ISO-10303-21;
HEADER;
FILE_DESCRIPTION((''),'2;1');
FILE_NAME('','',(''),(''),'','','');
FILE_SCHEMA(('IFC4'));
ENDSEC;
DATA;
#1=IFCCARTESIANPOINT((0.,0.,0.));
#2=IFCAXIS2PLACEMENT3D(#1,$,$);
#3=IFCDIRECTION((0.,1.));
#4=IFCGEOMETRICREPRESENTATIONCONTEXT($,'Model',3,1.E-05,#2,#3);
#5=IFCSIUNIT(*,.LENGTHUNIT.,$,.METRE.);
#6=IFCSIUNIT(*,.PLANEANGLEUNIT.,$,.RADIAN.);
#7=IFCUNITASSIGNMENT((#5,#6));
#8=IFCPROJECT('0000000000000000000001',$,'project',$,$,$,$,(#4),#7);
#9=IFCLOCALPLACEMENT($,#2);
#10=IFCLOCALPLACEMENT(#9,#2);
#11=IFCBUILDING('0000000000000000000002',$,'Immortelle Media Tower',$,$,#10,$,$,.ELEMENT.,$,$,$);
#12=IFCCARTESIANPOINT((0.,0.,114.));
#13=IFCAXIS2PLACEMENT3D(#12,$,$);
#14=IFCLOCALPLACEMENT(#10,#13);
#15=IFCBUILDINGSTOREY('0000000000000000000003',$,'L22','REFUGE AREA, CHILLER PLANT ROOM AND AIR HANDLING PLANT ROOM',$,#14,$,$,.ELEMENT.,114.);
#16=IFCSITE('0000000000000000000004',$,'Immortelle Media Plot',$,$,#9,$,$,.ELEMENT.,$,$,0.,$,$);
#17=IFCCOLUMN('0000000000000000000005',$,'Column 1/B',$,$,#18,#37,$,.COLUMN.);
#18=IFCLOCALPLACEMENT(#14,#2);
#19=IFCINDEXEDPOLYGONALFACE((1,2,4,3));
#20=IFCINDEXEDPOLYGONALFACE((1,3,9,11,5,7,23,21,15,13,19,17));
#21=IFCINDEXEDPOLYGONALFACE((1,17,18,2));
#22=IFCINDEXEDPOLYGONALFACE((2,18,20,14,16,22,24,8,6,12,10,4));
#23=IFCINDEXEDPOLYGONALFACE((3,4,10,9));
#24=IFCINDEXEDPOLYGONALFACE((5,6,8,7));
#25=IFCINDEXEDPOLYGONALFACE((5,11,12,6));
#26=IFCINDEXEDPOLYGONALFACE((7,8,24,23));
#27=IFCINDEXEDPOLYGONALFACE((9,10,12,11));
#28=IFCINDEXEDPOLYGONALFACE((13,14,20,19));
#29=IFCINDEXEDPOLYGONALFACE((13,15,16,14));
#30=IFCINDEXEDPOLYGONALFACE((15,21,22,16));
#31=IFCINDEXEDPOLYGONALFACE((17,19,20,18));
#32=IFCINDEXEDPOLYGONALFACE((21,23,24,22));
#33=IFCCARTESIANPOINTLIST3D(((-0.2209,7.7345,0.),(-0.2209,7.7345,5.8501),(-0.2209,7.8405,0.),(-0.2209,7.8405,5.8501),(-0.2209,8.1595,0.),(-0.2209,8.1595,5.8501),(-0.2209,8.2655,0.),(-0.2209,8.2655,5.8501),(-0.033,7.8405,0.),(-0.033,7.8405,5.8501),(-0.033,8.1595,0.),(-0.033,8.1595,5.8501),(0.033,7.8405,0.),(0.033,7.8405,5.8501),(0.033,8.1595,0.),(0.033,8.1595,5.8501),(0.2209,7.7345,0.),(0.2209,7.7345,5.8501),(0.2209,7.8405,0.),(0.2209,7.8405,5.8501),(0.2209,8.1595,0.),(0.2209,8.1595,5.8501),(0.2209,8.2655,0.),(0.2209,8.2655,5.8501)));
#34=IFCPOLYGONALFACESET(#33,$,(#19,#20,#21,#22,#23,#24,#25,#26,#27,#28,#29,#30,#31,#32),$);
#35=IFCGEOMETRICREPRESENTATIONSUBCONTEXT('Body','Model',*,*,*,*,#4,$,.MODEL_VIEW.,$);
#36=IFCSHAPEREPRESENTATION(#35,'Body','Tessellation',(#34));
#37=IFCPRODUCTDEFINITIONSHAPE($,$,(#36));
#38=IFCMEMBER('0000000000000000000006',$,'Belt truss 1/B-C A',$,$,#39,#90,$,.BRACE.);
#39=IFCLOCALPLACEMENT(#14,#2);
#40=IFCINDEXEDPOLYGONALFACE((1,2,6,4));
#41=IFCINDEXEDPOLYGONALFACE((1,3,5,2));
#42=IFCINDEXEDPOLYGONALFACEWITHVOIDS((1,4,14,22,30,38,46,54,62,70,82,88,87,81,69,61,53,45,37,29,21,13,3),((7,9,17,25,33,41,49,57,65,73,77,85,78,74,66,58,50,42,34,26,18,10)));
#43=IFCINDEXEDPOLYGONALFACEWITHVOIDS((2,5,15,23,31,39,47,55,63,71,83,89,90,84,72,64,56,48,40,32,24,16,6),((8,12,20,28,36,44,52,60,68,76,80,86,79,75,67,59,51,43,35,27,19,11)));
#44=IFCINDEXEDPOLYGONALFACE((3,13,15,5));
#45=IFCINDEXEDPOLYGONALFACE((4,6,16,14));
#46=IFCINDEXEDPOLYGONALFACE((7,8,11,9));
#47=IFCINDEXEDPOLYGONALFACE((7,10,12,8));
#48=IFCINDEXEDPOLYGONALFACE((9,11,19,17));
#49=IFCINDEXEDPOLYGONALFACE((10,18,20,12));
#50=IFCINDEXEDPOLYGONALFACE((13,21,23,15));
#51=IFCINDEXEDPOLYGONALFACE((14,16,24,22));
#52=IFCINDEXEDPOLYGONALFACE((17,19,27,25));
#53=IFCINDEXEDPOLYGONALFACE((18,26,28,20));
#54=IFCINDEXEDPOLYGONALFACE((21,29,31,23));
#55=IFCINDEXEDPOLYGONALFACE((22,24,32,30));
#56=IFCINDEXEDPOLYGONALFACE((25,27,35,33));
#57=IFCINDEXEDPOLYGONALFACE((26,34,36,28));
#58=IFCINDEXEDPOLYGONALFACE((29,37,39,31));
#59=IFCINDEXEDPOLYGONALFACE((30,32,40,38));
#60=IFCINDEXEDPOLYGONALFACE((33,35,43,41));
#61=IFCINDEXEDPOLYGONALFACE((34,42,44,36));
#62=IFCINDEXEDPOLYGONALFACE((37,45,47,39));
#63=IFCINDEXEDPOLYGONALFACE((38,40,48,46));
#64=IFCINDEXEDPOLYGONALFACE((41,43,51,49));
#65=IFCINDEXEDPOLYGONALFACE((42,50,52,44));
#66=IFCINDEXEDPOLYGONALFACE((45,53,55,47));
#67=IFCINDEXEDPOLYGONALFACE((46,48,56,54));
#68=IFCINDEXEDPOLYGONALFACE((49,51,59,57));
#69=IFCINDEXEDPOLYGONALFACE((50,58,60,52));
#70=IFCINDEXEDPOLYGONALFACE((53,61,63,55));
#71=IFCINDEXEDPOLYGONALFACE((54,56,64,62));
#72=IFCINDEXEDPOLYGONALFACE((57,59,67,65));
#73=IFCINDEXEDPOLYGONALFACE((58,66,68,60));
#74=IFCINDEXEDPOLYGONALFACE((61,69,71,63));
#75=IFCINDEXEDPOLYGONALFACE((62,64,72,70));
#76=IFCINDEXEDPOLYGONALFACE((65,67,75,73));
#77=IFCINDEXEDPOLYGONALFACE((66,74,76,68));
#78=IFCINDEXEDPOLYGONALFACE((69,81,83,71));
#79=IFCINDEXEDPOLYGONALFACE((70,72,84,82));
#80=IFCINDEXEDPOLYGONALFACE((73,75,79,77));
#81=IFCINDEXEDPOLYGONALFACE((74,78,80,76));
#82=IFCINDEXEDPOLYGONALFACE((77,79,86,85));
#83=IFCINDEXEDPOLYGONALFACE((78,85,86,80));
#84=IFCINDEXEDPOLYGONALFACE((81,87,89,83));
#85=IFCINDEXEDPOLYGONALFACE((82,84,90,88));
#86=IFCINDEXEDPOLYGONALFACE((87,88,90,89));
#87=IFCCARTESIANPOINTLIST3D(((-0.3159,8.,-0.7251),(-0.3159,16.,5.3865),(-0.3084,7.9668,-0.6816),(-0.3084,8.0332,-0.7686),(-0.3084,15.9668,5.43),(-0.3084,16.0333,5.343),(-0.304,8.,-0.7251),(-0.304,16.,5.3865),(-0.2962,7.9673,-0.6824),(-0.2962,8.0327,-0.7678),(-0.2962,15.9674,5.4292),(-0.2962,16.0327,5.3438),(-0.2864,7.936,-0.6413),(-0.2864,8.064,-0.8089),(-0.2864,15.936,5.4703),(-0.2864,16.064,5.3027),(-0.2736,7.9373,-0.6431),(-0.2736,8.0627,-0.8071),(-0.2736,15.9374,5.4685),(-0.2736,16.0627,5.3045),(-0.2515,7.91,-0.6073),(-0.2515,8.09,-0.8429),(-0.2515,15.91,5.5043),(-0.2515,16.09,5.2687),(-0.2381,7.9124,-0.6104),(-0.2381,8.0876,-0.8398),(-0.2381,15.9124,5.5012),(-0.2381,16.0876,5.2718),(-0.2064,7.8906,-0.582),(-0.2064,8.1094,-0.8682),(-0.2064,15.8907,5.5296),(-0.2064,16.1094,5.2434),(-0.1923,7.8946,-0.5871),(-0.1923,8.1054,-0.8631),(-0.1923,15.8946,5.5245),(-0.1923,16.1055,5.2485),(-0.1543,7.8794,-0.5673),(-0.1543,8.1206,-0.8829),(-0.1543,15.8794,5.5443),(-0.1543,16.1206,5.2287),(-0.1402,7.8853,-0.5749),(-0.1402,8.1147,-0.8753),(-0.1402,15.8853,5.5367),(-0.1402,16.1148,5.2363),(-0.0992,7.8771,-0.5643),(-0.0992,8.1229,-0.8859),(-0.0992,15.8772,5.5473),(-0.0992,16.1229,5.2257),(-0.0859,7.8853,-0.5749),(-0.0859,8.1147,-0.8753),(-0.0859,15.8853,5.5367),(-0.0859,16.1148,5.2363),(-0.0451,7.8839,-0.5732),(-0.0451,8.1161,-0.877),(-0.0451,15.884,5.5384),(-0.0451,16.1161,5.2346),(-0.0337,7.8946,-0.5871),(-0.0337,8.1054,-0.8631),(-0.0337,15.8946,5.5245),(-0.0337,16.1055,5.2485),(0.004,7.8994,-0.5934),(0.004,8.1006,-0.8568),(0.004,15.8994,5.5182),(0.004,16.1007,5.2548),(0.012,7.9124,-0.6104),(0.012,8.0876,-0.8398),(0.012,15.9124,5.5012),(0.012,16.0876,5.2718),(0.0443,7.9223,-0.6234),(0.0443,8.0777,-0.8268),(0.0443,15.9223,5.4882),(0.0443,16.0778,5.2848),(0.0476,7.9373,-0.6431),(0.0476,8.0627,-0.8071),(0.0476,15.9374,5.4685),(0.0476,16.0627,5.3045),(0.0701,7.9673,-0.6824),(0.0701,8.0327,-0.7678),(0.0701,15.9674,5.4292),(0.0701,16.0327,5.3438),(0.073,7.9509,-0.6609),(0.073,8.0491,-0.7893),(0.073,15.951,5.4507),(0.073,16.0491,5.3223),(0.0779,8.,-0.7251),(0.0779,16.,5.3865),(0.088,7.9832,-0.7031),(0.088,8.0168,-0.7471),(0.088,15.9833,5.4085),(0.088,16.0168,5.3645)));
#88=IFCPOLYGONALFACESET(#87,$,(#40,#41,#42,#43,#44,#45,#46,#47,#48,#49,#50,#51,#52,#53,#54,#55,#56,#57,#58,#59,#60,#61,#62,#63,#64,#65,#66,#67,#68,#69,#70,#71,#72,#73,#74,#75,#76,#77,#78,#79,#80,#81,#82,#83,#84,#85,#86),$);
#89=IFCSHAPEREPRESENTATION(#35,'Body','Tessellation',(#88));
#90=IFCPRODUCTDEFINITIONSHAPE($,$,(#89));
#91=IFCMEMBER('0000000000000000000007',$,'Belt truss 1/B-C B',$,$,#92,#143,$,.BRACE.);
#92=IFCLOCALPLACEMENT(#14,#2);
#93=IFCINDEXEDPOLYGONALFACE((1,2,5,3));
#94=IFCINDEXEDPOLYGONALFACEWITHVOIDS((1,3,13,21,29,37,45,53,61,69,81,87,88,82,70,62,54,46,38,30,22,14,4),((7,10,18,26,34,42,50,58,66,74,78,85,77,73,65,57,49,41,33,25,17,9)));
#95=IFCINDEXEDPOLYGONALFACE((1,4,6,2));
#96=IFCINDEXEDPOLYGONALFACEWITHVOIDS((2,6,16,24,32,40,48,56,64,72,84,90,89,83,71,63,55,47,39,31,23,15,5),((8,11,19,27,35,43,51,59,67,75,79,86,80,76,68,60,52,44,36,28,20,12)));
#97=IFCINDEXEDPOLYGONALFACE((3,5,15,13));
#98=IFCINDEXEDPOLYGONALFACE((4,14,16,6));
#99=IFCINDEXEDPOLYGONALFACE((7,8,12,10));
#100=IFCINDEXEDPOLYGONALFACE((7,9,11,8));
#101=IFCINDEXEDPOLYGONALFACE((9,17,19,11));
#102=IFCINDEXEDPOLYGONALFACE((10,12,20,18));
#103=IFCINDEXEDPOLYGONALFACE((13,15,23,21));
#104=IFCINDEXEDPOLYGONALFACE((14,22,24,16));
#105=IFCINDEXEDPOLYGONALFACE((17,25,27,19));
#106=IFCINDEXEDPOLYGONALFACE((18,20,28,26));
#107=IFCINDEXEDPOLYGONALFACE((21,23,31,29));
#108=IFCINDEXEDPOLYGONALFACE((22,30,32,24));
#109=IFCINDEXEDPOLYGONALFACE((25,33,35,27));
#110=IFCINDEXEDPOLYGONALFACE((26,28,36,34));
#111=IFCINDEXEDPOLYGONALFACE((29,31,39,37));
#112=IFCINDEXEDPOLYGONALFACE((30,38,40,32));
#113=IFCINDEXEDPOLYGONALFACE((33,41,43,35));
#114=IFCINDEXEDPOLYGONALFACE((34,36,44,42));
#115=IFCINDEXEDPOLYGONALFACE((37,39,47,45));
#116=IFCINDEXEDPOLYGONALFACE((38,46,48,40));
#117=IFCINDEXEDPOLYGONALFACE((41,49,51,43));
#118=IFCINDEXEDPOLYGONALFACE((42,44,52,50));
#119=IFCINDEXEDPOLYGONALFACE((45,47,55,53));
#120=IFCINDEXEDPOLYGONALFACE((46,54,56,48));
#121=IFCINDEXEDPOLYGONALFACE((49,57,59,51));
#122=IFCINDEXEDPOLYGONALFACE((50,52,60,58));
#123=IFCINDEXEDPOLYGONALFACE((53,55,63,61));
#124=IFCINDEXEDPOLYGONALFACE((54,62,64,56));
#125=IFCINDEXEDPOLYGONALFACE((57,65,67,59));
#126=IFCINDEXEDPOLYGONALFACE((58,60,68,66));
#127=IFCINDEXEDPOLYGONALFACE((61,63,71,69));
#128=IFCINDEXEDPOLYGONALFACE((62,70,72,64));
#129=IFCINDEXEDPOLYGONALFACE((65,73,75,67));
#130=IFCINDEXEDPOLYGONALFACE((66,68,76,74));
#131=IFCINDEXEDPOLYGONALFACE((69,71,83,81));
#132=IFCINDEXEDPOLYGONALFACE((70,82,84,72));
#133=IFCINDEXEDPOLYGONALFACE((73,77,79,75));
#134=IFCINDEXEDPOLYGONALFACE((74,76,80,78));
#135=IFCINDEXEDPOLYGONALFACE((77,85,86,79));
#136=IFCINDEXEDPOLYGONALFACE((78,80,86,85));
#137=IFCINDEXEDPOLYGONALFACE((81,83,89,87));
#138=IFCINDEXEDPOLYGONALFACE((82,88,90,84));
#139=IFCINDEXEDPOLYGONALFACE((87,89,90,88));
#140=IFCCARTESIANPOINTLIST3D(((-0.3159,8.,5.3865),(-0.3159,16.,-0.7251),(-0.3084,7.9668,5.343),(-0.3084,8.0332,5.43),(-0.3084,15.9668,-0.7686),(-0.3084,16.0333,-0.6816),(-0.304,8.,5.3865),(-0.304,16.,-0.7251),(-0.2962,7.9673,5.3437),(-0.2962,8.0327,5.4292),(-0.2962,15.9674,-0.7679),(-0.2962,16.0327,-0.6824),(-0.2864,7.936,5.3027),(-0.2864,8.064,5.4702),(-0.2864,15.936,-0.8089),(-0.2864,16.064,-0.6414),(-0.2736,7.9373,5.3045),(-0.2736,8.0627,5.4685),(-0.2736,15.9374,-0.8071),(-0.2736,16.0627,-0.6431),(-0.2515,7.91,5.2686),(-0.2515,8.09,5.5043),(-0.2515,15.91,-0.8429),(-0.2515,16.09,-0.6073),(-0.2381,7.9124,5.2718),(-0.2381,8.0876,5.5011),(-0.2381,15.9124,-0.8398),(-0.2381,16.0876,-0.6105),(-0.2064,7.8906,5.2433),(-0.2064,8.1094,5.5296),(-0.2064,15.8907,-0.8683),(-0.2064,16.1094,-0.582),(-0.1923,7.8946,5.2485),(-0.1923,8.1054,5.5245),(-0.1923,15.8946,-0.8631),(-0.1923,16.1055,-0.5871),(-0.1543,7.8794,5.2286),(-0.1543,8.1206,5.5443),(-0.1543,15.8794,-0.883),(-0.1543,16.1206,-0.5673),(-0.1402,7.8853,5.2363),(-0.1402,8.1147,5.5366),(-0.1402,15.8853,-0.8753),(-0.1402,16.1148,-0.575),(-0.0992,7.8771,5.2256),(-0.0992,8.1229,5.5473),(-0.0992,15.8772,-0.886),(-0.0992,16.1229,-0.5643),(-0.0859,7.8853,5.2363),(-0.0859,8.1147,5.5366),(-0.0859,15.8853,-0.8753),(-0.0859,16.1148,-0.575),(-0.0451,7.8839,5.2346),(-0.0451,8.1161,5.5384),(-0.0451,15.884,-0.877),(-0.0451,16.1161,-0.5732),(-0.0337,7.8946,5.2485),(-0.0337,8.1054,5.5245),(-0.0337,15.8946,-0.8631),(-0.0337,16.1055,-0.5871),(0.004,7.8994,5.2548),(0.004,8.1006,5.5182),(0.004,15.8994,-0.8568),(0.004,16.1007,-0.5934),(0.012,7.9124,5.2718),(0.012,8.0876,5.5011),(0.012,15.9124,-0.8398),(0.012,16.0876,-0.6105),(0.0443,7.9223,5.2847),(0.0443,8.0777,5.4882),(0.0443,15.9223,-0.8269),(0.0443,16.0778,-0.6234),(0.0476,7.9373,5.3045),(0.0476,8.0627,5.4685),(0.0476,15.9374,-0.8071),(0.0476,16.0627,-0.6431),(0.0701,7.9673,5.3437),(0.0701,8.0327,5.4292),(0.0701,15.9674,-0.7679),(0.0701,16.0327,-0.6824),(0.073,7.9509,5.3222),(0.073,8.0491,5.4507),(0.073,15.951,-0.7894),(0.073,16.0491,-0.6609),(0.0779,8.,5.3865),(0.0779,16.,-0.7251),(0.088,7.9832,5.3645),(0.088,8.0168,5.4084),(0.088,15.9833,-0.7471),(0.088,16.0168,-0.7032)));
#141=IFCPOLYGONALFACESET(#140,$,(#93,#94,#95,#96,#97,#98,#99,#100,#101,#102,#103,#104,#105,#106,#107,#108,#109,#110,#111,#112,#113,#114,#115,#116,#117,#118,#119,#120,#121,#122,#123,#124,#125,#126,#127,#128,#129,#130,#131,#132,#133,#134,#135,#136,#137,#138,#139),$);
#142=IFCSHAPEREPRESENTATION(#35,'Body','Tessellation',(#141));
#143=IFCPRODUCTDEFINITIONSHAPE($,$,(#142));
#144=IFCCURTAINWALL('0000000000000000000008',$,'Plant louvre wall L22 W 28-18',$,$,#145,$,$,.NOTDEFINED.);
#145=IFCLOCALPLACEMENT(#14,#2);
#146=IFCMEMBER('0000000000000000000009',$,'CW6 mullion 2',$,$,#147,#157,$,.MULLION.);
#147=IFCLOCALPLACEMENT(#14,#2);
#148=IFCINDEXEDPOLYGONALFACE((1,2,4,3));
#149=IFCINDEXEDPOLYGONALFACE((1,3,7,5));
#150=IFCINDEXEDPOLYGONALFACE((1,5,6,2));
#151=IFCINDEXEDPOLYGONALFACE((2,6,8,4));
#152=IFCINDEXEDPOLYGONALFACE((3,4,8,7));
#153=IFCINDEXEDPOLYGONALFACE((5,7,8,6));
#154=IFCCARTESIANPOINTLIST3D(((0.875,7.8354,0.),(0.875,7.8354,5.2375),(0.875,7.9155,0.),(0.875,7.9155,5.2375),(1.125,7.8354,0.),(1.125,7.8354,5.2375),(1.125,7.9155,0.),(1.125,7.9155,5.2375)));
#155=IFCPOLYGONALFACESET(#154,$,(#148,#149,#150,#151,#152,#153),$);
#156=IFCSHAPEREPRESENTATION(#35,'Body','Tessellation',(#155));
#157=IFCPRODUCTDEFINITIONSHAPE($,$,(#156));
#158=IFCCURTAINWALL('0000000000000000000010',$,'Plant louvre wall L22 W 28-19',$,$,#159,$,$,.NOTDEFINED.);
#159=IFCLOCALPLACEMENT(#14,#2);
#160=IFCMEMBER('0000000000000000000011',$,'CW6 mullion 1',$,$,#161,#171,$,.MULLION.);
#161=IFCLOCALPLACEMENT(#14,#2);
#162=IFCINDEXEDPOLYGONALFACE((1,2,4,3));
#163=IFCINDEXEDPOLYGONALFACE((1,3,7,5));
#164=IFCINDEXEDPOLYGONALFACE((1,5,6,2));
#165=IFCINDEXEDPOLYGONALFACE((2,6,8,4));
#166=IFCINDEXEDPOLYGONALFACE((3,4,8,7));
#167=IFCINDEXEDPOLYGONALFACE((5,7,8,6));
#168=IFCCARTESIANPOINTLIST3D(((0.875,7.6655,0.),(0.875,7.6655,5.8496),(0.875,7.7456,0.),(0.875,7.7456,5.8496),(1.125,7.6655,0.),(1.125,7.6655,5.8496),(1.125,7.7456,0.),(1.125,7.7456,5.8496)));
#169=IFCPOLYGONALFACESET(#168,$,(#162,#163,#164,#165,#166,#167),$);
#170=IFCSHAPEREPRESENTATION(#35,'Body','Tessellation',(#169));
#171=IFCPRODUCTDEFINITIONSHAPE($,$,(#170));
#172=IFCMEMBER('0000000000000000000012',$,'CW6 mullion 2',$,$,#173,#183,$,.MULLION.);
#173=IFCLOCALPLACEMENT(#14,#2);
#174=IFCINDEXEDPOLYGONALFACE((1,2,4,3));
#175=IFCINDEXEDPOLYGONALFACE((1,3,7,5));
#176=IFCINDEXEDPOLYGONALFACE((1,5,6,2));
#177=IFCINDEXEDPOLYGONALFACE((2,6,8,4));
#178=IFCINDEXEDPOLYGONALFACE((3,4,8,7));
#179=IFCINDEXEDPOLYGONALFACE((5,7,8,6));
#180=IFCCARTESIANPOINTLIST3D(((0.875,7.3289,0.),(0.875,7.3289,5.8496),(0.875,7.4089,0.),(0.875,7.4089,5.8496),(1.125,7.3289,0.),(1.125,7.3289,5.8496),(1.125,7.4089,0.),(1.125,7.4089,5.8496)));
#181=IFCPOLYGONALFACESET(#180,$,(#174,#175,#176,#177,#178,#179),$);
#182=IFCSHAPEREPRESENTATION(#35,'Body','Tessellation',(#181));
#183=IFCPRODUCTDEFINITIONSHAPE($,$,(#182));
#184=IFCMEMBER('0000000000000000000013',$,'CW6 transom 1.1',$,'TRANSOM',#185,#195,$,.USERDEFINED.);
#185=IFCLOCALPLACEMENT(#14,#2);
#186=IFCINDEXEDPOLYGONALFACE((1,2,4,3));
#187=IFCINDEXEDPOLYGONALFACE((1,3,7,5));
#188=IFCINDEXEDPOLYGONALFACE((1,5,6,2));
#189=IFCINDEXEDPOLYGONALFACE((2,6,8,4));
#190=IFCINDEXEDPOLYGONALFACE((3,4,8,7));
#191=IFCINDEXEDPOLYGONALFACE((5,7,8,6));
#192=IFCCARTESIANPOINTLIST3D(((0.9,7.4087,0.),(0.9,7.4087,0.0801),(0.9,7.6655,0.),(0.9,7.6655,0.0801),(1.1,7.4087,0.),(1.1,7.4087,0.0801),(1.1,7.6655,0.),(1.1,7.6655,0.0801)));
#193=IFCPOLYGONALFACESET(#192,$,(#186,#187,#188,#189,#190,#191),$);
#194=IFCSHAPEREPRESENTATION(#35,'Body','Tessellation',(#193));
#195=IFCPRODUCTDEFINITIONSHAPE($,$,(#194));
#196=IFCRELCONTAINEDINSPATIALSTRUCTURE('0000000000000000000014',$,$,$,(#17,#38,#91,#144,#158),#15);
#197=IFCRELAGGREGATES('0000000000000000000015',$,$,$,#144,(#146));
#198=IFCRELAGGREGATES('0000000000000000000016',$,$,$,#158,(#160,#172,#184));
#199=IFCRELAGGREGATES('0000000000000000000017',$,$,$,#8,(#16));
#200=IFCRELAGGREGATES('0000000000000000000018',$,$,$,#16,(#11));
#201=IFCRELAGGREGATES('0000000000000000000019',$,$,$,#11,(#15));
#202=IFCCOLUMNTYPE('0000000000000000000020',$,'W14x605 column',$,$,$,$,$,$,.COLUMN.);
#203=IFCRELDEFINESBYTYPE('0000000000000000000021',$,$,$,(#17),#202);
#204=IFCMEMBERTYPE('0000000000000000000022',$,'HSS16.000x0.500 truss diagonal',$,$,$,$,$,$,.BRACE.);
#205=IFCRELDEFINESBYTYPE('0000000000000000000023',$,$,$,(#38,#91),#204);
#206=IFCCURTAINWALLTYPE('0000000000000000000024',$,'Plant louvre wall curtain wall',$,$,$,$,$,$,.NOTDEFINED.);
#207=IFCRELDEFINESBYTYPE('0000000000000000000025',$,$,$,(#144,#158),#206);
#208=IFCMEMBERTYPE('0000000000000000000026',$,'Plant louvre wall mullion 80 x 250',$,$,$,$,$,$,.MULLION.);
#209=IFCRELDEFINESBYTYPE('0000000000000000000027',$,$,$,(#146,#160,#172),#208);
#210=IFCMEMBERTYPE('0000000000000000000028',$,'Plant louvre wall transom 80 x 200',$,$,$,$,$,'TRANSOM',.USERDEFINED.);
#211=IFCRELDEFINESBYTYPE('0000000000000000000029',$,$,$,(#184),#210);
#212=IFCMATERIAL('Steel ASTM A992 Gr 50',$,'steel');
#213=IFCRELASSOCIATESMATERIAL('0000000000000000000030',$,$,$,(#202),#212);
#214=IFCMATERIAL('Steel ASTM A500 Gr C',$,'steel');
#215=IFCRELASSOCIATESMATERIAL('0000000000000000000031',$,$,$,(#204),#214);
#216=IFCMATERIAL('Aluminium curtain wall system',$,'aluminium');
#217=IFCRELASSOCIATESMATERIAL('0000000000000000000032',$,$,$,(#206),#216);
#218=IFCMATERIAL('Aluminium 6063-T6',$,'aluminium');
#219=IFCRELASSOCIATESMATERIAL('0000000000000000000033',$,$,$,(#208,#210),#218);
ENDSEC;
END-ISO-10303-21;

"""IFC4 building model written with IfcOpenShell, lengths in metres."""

from ifc_helpers import new_model, si_unit, direction, frame, origin, origin_2d, place, context, subcontext, project, spatial, rectangle, hollow_circle, i_section, extrude, material, material_profile, profile_set, type_object, element, aggregate, save


model = new_model("IFC4")

# Units and contexts
model_context = context("Model", 3, precision=1e-05, world=origin(), true_north=direction((0.0, 1.0)))
body_context = subcontext(model_context, "Body", "Model", "MODEL_VIEW")
ifc_project = project(units=[si_unit("LENGTHUNIT", "METRE"), si_unit("PLANEANGLEUNIT", "RADIAN")], contexts=[model_context])

# Site, building, storey
site_placement = place(None, origin())
site = spatial("IfcSite", under=ifc_project, at=site_placement, Name="Immortelle Media Plot", CompositionType="ELEMENT", RefElevation=0.0)
building_placement = place(site_placement, origin())
building = spatial("IfcBuilding", under=site, at=building_placement, Name="Immortelle Media Tower", CompositionType="ELEMENT")
storey_placement = place(building_placement, frame((0.0, 0.0, 114.0)))
storey = spatial("IfcBuildingStorey", under=building, at=storey_placement, Name="L22", Description="REFUGE AREA, CHILLER PLANT ROOM AND AIR HANDLING PLANT ROOM", CompositionType="ELEMENT", Elevation=114.0)

# Column
ifc_material_1 = material(Name="Steel ASTM A992 Gr 50", Category="steel")
ifc_material_profile_1 = material_profile(ifc_material_1, i_section(OverallWidth=0.4419, OverallDepth=0.531, WebThickness=0.0659, FlangeThickness=0.106, at=origin_2d()), Name="W14x605")
ifc_profile_set_1 = profile_set([ifc_material_profile_1], Name="Steel ASTM A992 Gr 50")
column_type = type_object("IfcColumnType", Name="W14x605 column", PredefinedType="COLUMN", material=ifc_profile_set_1)
column_placement = place(storey_placement, frame((0.0, 8.0, 0.0), z_axis=(0.0, 0.0, 1.0), x_axis=(1.0, 0.0, 0.0)))
element("IfcColumn", 1, at=column_placement, inside=storey, type_object=column_type, Name="Column 1/B", PredefinedType="COLUMN", context=body_context, shape_type="SweptSolid", body=[
    extrude(i_section(OverallWidth=0.4419, OverallDepth=0.531, WebThickness=0.0659, FlangeThickness=0.106, at=origin_2d()), origin(), (0.0, 0.0, 1.0), 5.8501),
])

# Members
ifc_material_2 = material(Name="Steel ASTM A500 Gr C", Category="steel")
ifc_material_profile_2 = material_profile(ifc_material_2, hollow_circle(Radius=0.2029, WallThickness=0.012, at=origin_2d()), Name="HSS16.000x0.500 truss diagonal")
ifc_profile_set_2 = profile_set([ifc_material_profile_2], Name="Steel ASTM A500 Gr C")
member_type_1 = type_object("IfcMemberType", Name="HSS16.000x0.500 truss diagonal", PredefinedType="BRACE", material=ifc_profile_set_2)
for number, where, z_axis, x_axis, name in (
    (2, (-0.113, 8.0, -0.7251), (0.0, 0.794649, 0.607069), (-1.0, 0.0, 0.0), "Belt truss 1/B-C A"),
    (3, (-0.113, 8.0, 5.3865), (0.0, 0.794649, -0.607069), (-1.0, 0.0, 0.0), "Belt truss 1/B-C B"),
):
    element("IfcMember", number, at=place(storey_placement, frame(where, z_axis=z_axis, x_axis=x_axis)), inside=storey, type_object=member_type_1, Name=name, PredefinedType="BRACE", context=body_context, shape_type="SweptSolid", body=[
        extrude(hollow_circle(Radius=0.2029, WallThickness=0.012, at=origin_2d()), origin(), (0.0, 0.0, 1.0), 10.0674),
    ])

# Curtain wall, member
ifc_material_3 = material(Name="Aluminium curtain wall system", Category="aluminium")
curtain_wall_type = type_object("IfcCurtainWallType", Name="Plant louvre wall curtain wall", PredefinedType="NOTDEFINED", material=ifc_material_3)
curtain_wall_1_placement = place(storey_placement, origin())
curtain_wall_1 = element("IfcCurtainWall", 4, at=curtain_wall_1_placement, inside=storey, type_object=curtain_wall_type, Name="Plant louvre wall L22 W 28-18", PredefinedType="NOTDEFINED")
ifc_material_4 = material(Name="Aluminium 6063-T6", Category="aluminium")
ifc_material_profile_3 = material_profile(ifc_material_4, rectangle(XDim=0.25, YDim=0.0801, at=origin_2d()), Name="AL 80x250")
ifc_profile_set_3 = profile_set([ifc_material_profile_3], Name="Aluminium 6063-T6")
member_type_2 = type_object("IfcMemberType", Name="Plant louvre wall mullion 80 x 250", PredefinedType="MULLION", material=ifc_profile_set_3)
member_1_placement = place(storey_placement, frame((1.0, 7.8755, 0.0), z_axis=(0.0, 0.0, 1.0), x_axis=(1.0, 0.0, 0.0)))
member_1 = element("IfcMember", 5, at=member_1_placement, type_object=member_type_2, Name="CW6 mullion 2", PredefinedType="MULLION", context=body_context, shape_type="SweptSolid", body=[
    extrude(rectangle(XDim=0.25, YDim=0.0801, at=origin_2d()), origin(), (0.0, 0.0, 1.0), 5.2375),
])
aggregate(curtain_wall_1, [member_1])

# Curtain wall, members
curtain_wall_2_placement = place(storey_placement, origin())
curtain_wall_2 = element("IfcCurtainWall", 6, at=curtain_wall_2_placement, inside=storey, type_object=curtain_wall_type, Name="Plant louvre wall L22 W 28-19", PredefinedType="NOTDEFINED")
member_2_placement = place(storey_placement, frame((1.0, 7.7056, 0.0), z_axis=(0.0, 0.0, 1.0), x_axis=(1.0, 0.0, 0.0)))
member_2 = element("IfcMember", 7, at=member_2_placement, type_object=member_type_2, Name="CW6 mullion 1", PredefinedType="MULLION", context=body_context, shape_type="SweptSolid", body=[
    extrude(rectangle(XDim=0.25, YDim=0.0801, at=origin_2d()), origin(), (0.0, 0.0, 1.0), 5.8496),
])
member_3_placement = place(storey_placement, frame((1.0, 7.3689, 0.0), z_axis=(0.0, 0.0, 1.0), x_axis=(1.0, 0.0, 0.0)))
member_3 = element("IfcMember", 8, at=member_3_placement, type_object=member_type_2, Name="CW6 mullion 2", PredefinedType="MULLION", context=body_context, shape_type="SweptSolid", body=[
    extrude(rectangle(XDim=0.25, YDim=0.0801, at=origin_2d()), origin(), (0.0, 0.0, 1.0), 5.8496),
])
ifc_material_profile_4 = material_profile(ifc_material_4, rectangle(XDim=0.2, YDim=0.0801, at=origin_2d()), Name="AL 80x200")
ifc_profile_set_4 = profile_set([ifc_material_profile_4], Name="Aluminium 6063-T6")
member_type_3 = type_object("IfcMemberType", Name="Plant louvre wall transom 80 x 200", ElementType="TRANSOM", PredefinedType="USERDEFINED", material=ifc_profile_set_4)
member_4_placement = place(storey_placement, frame((1.0, 7.6655, 0.04), z_axis=(0.0, -1.0, 0.0), x_axis=(1.0, 0.0, 0.0)))
member_4 = element("IfcMember", 9, at=member_4_placement, type_object=member_type_3, Name="CW6 transom 1.1", ObjectType="TRANSOM", PredefinedType="USERDEFINED", context=body_context, shape_type="SweptSolid", body=[
    extrude(rectangle(XDim=0.2, YDim=0.0801, at=origin_2d()), origin(), (0.0, 0.0, 1.0), 0.2568),
])

aggregate(curtain_wall_2, [member_2, member_3, member_4])

save(model, "model.ifc")
